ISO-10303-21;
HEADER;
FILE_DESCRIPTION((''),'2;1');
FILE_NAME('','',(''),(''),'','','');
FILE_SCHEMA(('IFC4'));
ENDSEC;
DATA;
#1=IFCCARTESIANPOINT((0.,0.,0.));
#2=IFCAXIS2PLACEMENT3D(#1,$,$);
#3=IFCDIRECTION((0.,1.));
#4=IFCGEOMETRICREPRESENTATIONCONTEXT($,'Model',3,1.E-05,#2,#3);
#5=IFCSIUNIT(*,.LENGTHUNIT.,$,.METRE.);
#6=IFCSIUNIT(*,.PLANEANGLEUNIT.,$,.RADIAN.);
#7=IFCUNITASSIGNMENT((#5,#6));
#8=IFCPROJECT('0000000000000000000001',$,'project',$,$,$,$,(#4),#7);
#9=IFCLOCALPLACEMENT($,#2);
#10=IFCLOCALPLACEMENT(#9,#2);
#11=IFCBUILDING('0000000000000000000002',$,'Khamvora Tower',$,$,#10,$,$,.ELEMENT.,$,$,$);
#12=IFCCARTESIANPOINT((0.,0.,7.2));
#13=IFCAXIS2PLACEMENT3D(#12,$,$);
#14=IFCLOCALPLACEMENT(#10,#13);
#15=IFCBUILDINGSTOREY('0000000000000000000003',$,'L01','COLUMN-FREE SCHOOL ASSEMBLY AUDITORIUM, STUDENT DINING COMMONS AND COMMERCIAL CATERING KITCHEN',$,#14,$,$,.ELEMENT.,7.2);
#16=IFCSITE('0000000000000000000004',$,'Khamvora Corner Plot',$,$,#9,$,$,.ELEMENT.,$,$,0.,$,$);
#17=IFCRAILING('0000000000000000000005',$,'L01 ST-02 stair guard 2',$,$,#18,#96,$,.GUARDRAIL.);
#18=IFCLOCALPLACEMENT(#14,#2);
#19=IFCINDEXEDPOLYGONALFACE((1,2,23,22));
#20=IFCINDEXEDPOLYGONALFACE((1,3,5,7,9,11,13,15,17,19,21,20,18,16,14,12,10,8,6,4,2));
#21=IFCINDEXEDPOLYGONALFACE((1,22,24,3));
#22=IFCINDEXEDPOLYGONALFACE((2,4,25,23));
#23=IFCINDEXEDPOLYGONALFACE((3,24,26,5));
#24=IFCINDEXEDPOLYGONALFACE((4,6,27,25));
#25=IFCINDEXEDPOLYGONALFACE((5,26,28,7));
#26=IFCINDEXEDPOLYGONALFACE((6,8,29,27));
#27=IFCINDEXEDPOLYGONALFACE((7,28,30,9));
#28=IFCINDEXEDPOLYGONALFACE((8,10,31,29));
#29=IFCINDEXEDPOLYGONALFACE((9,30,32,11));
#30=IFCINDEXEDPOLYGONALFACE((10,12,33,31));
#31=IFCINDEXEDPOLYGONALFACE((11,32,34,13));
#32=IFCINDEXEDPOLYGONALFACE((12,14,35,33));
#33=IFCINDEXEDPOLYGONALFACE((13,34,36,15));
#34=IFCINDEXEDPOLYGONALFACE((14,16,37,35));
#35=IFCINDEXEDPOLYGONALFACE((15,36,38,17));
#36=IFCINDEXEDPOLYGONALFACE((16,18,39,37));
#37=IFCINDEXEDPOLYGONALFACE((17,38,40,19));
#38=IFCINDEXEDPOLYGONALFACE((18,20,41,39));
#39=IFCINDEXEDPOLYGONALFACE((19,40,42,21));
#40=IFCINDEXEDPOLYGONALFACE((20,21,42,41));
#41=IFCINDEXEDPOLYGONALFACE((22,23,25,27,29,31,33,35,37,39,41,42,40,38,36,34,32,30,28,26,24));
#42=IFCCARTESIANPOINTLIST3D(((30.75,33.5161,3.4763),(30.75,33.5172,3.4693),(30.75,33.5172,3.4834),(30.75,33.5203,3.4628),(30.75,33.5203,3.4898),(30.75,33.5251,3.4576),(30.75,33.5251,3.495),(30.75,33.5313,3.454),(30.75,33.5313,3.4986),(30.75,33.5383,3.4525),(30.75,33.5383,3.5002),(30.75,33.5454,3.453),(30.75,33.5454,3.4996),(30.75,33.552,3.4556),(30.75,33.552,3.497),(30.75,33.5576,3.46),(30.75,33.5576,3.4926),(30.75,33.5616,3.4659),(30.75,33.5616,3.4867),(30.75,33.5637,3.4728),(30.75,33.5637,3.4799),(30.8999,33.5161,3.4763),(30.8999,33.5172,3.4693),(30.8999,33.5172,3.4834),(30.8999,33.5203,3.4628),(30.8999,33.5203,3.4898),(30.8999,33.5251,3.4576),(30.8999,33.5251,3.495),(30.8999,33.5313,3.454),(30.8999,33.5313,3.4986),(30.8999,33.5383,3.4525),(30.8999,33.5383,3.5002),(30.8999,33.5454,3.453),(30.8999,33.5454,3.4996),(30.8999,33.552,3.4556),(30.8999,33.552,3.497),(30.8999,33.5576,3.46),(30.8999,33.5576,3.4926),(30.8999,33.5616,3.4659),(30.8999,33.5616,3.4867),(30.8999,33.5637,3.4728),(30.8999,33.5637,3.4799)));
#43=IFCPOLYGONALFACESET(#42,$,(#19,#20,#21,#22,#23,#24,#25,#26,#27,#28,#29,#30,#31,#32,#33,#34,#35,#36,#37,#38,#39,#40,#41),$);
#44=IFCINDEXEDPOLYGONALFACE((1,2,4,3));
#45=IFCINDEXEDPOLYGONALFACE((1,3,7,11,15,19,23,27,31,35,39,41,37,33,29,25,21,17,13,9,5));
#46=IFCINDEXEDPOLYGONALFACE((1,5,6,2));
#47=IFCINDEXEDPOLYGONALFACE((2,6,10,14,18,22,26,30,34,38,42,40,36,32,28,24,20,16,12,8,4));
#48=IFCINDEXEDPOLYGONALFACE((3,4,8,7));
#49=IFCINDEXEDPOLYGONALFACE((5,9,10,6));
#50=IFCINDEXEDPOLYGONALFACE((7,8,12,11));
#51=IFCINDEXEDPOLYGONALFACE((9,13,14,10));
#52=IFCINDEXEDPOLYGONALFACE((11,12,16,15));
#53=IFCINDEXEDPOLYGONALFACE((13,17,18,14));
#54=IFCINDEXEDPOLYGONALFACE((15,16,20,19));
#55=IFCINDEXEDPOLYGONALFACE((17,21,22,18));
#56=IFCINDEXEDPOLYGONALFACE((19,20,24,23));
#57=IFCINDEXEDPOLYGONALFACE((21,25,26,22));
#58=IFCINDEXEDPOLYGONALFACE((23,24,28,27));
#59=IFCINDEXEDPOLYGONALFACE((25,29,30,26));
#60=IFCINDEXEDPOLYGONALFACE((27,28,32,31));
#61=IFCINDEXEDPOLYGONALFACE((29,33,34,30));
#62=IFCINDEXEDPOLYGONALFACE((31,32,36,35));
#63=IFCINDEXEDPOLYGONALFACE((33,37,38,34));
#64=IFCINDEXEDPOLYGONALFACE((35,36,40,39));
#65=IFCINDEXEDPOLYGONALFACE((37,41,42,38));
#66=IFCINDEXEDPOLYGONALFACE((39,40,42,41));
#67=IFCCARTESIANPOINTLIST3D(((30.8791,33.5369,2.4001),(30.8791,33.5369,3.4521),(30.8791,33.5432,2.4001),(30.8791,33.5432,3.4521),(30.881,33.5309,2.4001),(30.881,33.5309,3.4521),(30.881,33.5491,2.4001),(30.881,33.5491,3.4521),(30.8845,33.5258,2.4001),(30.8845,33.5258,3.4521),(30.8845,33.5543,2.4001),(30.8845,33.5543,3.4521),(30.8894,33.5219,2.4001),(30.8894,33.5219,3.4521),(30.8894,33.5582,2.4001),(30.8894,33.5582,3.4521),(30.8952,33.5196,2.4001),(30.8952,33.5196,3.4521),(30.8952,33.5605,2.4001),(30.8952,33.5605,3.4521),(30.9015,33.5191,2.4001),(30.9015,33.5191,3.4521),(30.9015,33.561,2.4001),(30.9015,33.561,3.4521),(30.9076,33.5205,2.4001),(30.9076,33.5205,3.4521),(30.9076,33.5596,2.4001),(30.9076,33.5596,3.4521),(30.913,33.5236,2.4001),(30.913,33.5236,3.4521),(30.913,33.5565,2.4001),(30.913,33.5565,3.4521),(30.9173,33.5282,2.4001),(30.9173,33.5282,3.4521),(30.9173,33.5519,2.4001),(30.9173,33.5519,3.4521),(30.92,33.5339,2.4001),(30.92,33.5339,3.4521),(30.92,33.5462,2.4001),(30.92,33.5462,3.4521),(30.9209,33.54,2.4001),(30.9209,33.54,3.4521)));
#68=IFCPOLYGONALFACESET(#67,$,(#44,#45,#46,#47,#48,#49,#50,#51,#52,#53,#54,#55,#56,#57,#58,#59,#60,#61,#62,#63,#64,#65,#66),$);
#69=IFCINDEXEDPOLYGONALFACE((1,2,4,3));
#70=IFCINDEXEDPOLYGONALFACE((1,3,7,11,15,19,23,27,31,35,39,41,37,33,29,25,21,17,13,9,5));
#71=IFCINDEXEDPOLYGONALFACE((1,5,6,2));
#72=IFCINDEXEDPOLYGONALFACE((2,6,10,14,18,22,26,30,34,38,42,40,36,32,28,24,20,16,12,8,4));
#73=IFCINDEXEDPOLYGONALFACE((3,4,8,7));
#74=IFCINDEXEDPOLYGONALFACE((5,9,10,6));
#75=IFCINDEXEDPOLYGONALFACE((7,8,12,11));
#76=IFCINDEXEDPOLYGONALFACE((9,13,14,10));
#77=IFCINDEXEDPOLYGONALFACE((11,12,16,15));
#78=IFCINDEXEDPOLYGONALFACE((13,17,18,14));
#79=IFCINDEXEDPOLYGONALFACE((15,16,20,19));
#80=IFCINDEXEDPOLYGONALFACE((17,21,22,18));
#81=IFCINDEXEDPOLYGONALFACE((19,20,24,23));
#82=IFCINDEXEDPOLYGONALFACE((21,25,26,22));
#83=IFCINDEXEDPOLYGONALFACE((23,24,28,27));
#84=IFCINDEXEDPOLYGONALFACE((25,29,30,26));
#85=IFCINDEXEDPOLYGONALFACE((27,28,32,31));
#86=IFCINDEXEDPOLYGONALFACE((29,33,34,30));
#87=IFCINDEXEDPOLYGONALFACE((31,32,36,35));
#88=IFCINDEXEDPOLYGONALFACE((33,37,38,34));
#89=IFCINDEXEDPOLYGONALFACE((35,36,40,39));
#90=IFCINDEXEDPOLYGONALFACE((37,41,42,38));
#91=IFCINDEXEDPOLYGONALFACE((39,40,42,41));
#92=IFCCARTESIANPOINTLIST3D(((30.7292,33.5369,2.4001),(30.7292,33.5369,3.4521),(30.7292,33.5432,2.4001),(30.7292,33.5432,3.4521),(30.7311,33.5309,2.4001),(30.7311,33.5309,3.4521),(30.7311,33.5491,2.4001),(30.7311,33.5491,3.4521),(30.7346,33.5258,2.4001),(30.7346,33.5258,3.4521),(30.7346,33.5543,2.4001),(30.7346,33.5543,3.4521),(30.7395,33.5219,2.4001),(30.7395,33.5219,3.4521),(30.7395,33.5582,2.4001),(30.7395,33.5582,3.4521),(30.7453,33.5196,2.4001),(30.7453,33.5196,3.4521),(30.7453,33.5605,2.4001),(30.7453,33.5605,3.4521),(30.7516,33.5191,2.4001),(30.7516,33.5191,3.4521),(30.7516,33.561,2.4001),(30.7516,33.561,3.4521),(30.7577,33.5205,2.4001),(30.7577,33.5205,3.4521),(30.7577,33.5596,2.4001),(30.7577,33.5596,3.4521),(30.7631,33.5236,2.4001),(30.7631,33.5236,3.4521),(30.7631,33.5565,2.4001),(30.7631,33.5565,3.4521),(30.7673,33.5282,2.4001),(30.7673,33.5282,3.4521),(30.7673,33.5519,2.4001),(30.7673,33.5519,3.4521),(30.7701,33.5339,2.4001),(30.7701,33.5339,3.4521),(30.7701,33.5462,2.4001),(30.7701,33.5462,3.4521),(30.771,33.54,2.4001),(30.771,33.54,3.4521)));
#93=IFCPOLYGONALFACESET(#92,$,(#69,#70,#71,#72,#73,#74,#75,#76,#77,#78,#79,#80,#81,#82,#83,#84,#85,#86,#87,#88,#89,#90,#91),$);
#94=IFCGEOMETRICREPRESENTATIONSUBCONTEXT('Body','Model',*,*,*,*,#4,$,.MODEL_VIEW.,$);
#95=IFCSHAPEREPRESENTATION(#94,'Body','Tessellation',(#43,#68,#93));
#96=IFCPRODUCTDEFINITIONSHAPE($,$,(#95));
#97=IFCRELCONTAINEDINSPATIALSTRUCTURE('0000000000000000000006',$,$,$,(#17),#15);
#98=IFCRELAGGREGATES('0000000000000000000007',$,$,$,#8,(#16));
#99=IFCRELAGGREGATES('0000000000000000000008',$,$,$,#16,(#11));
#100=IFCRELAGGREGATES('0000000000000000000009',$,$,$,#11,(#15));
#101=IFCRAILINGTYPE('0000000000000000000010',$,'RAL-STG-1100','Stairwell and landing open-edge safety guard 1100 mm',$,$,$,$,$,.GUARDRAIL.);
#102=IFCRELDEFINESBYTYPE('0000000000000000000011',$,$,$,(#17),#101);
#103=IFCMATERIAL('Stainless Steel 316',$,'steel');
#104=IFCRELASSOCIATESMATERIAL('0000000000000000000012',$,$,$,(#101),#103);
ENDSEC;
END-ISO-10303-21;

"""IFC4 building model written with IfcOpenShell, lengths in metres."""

from ifc_helpers import new_model, si_unit, direction, frame, origin, origin_2d, place, context, subcontext, project, spatial, circle, extrude, material, type_object, element, save


model = new_model("IFC4")

# Units and contexts
model_context = context("Model", 3, precision=1e-05, world=origin(), true_north=direction((0.0, 1.0)))
body_context = subcontext(model_context, "Body", "Model", "MODEL_VIEW")
ifc_project = project(units=[si_unit("LENGTHUNIT", "METRE"), si_unit("PLANEANGLEUNIT", "RADIAN")], contexts=[model_context])

# Site, building, storey
site_placement = place(None, origin())
site = spatial("IfcSite", under=ifc_project, at=site_placement, Name="Khamvora Corner Plot", CompositionType="ELEMENT", RefElevation=0.0)
building_placement = place(site_placement, origin())
building = spatial("IfcBuilding", under=site, at=building_placement, Name="Khamvora Tower", CompositionType="ELEMENT")
storey_placement = place(building_placement, frame((0.0, 0.0, 7.2)))
storey = spatial("IfcBuildingStorey", under=building, at=storey_placement, Name="L01", Description="COLUMN-FREE SCHOOL ASSEMBLY AUDITORIUM, STUDENT DINING COMMONS AND COMMERCIAL CATERING KITCHEN", CompositionType="ELEMENT", Elevation=7.2)

# Railing
ifc_material_1 = material(Name="Stainless Steel 316", Category="steel")
railing_type_1 = type_object("IfcRailingType", Name="RAL-STG-1100", Description="Stairwell and landing open-edge safety guard 1100 mm", PredefinedType="GUARDRAIL", material=ifc_material_1)
railing_1_placement = place(storey_placement, frame((30.8999, 33.54, 2.4001)))
element("IfcRailing", 1, at=railing_1_placement, inside=storey, type_object=railing_type_1, Name="L01 ST-02 stair guard 2", PredefinedType="GUARDRAIL", context=body_context, shape_type="SweptSolid", body=[
    extrude(circle(Radius=0.0239, at=origin_2d()), frame((0.0, 0.0, 1.0762), z_axis=(-1.0, 0.0, 0.0), x_axis=(0.0, -1.0, 0.0)), (0.0, 0.0, 1.0), 0.1499),
    extrude(circle(Radius=0.021, at=origin_2d()), origin(), (0.0, 0.0, 1.0), 1.052),
    extrude(circle(Radius=0.021, at=origin_2d()), frame((-0.1499, 0.0, 0.0)), (0.0, 0.0, 1.0), 1.052),
])

save(model, "model.ifc")
